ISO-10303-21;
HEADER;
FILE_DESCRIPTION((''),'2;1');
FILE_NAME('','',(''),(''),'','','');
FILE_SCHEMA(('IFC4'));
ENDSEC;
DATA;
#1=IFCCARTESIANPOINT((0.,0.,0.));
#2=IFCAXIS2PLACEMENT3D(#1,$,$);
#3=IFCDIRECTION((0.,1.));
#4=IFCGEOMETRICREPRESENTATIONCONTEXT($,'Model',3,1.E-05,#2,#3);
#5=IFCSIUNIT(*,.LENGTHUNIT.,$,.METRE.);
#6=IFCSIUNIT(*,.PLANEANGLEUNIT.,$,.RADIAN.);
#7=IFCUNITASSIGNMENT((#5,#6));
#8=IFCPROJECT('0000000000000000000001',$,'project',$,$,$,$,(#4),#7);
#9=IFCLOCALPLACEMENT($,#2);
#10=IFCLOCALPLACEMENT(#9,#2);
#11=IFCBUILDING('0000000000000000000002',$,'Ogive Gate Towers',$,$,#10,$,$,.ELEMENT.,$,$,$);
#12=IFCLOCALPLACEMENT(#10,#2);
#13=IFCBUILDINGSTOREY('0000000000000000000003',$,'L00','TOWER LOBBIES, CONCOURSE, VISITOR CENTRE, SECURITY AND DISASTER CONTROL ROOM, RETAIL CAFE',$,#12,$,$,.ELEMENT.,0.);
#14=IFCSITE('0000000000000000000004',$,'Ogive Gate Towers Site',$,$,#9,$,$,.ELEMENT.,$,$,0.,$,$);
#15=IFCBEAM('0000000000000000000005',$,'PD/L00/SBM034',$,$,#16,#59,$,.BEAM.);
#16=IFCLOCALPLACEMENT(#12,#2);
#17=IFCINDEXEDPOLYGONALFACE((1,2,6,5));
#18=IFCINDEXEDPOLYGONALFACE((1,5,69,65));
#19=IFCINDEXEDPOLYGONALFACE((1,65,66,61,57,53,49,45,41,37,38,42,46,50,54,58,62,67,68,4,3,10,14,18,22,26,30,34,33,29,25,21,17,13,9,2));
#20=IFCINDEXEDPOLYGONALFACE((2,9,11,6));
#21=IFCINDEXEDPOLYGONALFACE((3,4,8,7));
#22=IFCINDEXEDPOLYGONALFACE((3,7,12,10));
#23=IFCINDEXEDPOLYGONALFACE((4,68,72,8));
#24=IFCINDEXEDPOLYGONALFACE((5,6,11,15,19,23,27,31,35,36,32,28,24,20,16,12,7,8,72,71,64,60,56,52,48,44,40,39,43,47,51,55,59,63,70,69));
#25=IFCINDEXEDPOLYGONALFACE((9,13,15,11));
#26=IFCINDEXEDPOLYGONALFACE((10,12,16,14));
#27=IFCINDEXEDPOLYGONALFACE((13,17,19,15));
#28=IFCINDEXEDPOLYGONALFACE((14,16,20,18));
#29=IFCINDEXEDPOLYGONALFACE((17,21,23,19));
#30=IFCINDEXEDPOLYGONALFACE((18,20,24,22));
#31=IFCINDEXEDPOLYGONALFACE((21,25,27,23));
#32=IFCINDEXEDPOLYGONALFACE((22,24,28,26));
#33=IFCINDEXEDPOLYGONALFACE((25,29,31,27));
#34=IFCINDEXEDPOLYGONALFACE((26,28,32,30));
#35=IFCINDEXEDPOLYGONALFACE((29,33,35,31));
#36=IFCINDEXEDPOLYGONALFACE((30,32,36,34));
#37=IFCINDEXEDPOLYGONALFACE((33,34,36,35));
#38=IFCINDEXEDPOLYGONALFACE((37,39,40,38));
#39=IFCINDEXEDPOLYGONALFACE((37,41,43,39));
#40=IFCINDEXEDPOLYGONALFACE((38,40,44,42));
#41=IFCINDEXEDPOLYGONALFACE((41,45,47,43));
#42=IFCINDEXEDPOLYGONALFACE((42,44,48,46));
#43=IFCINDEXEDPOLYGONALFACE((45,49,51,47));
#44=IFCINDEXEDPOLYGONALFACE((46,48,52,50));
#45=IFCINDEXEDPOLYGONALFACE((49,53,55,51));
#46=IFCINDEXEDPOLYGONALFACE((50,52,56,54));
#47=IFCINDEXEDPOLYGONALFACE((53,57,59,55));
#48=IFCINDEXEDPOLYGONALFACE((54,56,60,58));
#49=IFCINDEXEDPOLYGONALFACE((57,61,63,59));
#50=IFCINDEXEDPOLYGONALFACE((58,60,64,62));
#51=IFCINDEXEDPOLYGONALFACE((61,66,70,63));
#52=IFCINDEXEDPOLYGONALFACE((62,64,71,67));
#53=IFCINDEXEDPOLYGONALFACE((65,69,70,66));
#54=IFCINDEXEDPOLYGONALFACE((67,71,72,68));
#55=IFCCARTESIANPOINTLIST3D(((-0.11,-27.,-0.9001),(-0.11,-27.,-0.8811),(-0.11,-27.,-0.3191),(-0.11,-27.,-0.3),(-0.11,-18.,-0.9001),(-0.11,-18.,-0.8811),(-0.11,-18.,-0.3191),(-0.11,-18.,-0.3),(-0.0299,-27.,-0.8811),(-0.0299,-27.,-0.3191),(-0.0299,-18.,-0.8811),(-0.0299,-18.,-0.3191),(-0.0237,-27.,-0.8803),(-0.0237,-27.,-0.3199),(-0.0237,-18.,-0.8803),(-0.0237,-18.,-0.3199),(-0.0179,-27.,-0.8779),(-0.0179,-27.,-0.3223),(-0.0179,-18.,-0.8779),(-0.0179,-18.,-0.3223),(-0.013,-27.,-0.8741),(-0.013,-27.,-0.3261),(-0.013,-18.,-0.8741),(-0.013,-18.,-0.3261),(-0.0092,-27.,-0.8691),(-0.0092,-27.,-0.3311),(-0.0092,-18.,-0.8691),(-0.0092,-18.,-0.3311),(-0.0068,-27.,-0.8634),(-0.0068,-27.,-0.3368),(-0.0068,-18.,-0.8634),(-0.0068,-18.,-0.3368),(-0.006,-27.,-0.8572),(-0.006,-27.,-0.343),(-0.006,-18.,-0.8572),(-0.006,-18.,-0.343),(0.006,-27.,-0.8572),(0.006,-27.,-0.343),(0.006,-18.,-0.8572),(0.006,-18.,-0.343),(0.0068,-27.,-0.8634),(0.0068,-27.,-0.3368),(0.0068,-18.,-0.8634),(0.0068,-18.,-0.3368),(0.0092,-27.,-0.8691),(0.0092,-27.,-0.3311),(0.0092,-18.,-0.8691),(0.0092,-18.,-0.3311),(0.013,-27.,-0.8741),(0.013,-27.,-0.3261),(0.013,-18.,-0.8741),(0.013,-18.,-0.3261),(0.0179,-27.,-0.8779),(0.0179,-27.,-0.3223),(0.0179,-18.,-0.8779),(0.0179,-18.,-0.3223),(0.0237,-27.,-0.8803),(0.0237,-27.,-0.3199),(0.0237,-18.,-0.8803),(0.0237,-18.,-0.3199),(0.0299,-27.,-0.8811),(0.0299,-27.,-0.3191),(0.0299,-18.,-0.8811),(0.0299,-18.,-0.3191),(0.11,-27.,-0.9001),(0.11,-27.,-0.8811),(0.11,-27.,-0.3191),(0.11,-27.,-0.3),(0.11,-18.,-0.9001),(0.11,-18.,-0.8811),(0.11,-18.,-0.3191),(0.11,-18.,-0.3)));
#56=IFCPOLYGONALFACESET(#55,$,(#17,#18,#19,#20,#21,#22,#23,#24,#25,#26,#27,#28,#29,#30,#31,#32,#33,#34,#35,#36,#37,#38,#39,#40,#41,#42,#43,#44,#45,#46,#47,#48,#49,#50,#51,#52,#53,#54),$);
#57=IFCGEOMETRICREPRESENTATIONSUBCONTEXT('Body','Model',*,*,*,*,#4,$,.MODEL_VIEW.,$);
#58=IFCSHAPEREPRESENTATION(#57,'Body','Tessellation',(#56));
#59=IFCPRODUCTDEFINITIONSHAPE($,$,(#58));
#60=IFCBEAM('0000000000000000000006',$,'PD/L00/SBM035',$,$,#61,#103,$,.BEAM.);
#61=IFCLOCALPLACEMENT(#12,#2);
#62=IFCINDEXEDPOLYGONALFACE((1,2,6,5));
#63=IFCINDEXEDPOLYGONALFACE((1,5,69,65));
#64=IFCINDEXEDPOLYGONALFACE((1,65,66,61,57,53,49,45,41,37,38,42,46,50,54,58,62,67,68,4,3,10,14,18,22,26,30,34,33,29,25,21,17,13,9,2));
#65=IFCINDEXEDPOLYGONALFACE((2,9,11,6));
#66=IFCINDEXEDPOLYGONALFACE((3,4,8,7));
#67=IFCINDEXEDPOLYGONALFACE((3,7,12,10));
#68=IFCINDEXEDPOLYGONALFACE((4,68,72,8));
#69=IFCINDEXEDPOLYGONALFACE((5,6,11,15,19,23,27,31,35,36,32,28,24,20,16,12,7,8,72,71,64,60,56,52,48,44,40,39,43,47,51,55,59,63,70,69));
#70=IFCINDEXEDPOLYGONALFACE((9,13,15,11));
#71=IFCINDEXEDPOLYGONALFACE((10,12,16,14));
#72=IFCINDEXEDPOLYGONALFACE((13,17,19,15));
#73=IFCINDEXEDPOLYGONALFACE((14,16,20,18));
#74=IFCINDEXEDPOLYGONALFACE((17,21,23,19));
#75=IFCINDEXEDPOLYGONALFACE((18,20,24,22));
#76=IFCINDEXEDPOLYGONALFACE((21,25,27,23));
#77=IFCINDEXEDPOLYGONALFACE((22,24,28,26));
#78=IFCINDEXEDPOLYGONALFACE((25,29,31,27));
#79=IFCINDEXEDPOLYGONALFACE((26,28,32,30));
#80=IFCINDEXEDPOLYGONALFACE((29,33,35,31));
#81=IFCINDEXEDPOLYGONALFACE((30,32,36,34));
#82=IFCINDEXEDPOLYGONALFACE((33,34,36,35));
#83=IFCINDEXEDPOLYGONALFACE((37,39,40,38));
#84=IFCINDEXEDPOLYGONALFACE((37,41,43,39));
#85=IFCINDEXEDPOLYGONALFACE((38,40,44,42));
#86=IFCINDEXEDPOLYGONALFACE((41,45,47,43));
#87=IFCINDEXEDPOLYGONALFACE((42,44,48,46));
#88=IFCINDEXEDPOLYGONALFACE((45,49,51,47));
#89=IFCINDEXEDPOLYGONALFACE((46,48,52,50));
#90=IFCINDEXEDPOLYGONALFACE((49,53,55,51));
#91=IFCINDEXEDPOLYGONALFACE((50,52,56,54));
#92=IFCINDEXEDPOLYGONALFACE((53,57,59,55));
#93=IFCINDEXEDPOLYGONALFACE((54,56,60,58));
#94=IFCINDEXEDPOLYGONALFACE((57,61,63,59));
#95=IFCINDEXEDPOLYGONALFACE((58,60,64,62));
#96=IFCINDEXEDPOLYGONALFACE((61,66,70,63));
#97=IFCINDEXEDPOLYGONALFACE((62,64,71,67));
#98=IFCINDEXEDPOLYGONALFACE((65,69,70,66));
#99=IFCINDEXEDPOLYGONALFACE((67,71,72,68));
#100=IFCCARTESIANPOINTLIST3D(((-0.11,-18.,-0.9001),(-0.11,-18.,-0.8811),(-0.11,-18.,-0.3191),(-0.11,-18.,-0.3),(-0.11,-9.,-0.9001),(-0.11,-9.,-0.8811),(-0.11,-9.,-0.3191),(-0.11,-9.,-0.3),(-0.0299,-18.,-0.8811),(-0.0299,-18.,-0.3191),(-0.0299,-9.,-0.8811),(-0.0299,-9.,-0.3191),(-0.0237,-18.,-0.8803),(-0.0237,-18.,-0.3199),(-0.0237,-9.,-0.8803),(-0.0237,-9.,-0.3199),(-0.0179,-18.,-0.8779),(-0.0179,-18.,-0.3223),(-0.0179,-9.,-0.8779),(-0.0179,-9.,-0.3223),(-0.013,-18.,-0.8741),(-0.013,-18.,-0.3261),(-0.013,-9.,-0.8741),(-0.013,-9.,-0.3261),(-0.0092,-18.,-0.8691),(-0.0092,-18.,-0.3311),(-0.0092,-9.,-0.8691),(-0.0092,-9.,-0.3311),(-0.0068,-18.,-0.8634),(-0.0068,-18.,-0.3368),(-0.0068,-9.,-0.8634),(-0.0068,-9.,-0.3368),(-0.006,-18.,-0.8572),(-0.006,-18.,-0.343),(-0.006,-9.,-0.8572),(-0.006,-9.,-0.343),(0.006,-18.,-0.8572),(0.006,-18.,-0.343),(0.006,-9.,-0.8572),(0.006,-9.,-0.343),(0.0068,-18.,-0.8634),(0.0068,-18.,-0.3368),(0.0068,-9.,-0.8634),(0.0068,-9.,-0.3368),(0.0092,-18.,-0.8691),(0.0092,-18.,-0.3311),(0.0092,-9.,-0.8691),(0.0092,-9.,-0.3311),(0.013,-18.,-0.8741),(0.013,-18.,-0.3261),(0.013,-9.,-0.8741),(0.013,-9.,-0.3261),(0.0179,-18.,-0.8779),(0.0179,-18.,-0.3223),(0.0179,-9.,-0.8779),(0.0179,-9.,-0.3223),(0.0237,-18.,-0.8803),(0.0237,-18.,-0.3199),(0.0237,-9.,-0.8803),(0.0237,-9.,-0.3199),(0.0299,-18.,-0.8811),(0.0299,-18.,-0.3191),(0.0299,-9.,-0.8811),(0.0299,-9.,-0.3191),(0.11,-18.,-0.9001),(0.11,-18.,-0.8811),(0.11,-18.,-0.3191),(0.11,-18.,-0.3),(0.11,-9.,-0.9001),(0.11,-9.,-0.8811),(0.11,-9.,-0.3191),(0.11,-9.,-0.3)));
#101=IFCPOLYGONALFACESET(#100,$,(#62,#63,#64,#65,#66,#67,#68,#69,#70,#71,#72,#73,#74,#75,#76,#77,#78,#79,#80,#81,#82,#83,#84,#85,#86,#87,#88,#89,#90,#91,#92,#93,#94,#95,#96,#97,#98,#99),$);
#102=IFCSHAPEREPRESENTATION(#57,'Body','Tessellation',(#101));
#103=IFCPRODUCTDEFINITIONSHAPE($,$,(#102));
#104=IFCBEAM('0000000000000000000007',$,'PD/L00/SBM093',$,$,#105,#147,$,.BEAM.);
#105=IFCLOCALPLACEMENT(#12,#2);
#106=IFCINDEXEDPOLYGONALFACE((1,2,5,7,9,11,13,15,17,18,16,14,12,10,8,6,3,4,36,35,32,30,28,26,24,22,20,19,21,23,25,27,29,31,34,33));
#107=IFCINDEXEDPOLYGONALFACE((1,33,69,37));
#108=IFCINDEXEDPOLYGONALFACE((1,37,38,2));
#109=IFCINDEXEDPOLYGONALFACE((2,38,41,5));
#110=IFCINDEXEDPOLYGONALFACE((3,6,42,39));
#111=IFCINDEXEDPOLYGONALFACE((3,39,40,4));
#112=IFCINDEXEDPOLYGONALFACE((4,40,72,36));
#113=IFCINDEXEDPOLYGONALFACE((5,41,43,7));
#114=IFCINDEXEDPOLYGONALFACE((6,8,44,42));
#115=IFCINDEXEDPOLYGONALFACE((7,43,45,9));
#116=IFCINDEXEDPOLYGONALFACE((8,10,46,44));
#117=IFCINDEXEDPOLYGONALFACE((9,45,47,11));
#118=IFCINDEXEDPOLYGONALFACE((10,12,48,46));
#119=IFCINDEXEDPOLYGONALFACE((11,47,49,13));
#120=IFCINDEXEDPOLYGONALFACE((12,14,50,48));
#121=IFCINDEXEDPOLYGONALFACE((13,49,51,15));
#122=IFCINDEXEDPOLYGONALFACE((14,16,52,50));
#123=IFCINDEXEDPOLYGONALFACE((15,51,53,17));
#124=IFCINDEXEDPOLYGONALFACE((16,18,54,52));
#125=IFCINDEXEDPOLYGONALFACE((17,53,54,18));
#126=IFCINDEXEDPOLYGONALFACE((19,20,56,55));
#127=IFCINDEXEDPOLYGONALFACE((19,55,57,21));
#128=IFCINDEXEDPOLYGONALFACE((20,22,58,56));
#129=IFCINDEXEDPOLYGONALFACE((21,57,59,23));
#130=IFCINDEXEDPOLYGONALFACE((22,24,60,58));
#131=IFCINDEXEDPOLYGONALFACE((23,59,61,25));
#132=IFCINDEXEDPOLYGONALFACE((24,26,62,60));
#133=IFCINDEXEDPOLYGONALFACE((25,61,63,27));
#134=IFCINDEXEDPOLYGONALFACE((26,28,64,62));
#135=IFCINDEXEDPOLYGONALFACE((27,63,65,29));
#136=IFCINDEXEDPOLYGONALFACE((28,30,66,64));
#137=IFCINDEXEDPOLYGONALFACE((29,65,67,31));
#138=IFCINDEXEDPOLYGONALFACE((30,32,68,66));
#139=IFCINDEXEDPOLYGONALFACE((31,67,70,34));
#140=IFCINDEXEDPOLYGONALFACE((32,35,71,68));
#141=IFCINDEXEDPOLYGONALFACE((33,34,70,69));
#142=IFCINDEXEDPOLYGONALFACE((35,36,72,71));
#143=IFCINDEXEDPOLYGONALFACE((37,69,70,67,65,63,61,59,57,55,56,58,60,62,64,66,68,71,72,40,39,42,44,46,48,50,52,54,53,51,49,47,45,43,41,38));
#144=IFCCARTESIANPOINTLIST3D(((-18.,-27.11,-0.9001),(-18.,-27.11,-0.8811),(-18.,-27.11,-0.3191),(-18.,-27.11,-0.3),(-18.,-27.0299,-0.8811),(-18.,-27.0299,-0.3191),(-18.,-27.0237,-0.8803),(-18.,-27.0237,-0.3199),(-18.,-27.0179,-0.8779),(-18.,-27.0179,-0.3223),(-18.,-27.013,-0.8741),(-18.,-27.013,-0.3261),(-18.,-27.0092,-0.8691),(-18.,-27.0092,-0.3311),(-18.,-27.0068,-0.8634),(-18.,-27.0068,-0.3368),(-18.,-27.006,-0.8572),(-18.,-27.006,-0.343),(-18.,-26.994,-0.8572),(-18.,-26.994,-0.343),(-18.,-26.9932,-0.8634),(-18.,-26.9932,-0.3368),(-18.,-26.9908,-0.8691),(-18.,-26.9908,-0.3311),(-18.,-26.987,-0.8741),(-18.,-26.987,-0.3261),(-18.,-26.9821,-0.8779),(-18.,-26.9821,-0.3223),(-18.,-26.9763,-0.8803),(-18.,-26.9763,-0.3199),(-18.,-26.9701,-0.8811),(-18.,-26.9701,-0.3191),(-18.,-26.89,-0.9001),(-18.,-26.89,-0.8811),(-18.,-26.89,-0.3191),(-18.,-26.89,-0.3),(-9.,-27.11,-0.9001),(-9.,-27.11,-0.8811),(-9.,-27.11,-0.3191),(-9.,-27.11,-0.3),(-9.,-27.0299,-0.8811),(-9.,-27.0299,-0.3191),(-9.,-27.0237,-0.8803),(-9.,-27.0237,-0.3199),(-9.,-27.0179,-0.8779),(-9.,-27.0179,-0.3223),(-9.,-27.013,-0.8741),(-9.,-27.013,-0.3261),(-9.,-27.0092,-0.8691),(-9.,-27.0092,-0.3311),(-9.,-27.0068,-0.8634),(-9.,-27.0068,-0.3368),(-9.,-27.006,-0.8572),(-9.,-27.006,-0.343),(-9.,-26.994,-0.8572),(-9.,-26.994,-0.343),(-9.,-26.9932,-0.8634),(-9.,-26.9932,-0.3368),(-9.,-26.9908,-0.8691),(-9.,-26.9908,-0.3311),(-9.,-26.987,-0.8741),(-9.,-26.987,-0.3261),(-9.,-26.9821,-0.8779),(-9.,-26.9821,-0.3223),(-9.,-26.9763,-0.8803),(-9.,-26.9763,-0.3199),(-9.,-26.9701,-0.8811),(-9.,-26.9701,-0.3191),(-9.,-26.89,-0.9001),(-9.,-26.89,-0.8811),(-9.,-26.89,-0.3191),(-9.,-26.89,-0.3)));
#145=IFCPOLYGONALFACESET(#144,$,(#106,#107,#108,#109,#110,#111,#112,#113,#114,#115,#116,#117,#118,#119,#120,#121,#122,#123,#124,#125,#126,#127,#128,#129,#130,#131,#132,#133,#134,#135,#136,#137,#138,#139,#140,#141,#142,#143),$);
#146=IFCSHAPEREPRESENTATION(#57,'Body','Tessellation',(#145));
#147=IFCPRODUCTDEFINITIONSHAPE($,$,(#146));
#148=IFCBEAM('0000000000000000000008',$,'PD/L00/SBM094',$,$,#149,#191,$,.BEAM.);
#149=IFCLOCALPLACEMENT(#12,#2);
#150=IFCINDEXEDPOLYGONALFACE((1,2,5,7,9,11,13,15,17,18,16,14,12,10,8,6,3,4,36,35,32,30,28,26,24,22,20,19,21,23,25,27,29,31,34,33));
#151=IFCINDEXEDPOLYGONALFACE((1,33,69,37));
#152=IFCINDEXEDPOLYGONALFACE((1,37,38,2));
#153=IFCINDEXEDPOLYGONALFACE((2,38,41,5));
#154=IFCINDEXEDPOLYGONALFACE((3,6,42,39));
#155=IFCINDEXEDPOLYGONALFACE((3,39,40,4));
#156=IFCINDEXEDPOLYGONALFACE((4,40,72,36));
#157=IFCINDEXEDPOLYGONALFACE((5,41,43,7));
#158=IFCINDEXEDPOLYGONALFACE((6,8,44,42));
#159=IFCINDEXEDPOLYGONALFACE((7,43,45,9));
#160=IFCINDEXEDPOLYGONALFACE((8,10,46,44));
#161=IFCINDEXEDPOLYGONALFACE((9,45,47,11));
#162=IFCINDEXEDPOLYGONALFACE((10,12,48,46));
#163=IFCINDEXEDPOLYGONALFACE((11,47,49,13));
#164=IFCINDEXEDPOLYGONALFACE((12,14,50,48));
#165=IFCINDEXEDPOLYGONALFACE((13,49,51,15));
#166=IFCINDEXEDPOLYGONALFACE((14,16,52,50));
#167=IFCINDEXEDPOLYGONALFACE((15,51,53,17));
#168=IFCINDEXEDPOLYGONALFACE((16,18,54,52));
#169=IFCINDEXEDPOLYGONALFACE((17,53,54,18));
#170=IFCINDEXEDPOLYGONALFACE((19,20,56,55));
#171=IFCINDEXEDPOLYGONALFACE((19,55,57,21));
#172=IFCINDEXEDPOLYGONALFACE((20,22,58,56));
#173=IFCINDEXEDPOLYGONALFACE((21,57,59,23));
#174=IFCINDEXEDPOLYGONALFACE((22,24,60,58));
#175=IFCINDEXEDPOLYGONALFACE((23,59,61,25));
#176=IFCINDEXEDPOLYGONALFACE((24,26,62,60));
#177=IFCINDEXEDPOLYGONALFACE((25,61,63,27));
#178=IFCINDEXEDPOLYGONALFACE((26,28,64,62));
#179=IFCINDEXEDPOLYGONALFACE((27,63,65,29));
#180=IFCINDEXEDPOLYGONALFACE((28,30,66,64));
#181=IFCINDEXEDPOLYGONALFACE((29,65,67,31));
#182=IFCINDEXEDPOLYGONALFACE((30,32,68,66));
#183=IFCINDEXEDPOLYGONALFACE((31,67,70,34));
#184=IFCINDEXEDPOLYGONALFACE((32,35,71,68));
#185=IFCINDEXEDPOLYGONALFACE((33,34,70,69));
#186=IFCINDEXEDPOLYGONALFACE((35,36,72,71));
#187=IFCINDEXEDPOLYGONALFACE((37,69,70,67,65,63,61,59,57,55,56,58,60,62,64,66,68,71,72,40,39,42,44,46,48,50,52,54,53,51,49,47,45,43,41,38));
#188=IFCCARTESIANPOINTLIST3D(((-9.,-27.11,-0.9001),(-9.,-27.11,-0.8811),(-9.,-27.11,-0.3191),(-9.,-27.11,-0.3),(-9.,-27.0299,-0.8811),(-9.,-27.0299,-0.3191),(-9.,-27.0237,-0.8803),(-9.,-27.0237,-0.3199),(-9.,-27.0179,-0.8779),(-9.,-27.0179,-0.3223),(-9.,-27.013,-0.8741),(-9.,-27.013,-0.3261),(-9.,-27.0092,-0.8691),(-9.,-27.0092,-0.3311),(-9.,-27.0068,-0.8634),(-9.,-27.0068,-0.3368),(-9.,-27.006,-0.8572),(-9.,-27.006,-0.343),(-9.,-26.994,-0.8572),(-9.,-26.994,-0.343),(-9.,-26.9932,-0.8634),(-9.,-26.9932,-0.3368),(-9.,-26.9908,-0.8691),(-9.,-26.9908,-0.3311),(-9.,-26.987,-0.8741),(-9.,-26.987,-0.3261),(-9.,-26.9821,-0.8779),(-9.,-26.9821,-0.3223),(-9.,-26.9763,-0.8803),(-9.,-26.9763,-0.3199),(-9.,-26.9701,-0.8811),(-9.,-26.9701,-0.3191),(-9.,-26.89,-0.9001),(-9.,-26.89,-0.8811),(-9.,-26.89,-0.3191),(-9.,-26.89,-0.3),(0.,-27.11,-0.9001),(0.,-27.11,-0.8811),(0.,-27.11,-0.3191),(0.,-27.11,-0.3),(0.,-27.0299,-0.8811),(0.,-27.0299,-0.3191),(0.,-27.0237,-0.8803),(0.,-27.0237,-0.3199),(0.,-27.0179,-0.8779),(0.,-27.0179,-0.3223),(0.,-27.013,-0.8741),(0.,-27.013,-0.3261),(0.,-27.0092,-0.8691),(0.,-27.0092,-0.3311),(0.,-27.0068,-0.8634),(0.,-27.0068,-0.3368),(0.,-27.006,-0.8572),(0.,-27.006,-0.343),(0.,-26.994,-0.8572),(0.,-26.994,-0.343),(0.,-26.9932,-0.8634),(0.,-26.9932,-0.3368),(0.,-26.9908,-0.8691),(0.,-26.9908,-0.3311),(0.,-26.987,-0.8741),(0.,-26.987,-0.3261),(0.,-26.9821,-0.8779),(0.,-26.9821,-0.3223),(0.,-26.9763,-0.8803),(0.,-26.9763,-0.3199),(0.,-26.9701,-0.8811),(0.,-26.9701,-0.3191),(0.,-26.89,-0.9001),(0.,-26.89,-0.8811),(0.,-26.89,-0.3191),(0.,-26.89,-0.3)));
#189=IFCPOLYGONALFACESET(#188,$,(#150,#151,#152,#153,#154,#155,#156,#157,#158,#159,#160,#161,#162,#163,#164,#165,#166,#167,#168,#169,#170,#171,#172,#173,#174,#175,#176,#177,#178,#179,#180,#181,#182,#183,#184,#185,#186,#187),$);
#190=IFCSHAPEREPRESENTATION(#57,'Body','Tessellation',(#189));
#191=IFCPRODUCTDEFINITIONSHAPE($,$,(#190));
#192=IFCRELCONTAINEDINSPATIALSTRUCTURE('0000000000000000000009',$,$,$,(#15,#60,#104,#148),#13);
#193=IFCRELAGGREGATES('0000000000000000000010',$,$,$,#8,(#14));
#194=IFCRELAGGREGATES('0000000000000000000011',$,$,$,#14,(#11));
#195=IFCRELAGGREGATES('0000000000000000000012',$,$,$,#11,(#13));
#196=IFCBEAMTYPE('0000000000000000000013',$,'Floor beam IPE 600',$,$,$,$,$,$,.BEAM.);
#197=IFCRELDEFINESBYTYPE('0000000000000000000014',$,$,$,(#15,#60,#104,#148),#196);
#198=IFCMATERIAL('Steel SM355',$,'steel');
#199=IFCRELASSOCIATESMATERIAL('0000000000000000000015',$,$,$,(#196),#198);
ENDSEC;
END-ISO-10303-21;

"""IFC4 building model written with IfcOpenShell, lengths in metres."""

from ifc_helpers import new_model, si_unit, direction, frame, origin, origin_2d, place, context, subcontext, project, spatial, i_section, extrude, material, material_profile, profile_set, type_object, element, save


model = new_model("IFC4")

# Units and contexts
model_context = context("Model", 3, precision=1e-05, world=origin(), true_north=direction((0.0, 1.0)))
body_context = subcontext(model_context, "Body", "Model", "MODEL_VIEW")
ifc_project = project(units=[si_unit("LENGTHUNIT", "METRE"), si_unit("PLANEANGLEUNIT", "RADIAN")], contexts=[model_context])

# Site, building, storey
site_placement = place(None, origin())
site = spatial("IfcSite", under=ifc_project, at=site_placement, Name="Ogive Gate Towers Site", CompositionType="ELEMENT", RefElevation=0.0)
building_placement = place(site_placement, origin())
building = spatial("IfcBuilding", under=site, at=building_placement, Name="Ogive Gate Towers", CompositionType="ELEMENT")
storey_placement = place(building_placement, origin())
storey = spatial("IfcBuildingStorey", under=building, at=storey_placement, Name="L00", Description="TOWER LOBBIES, CONCOURSE, VISITOR CENTRE, SECURITY AND DISASTER CONTROL ROOM, RETAIL CAFE", CompositionType="ELEMENT", Elevation=0.0)

# Beams
ifc_material_1 = material(Name="Steel SM355", Category="steel")
ifc_material_profile_1 = material_profile(ifc_material_1, i_section(OverallWidth=0.22, OverallDepth=0.6001, WebThickness=0.012, FlangeThickness=0.019, FilletRadius=0.0239, at=origin_2d()), Name="IPE 600")
ifc_profile_set_1 = profile_set([ifc_material_profile_1], Name="Steel SM355")
beam_type = type_object("IfcBeamType", Name="Floor beam IPE 600", PredefinedType="BEAM", material=ifc_profile_set_1)
for number, where, z_axis, x_axis, name in (
    (1, (0.0, -27.0, -0.6001), (0.0, 1.0, 0.0), (-1.0, 0.0, 0.0), "PD/L00/SBM034"),
    (2, (0.0, -18.0, -0.6001), (0.0, 1.0, 0.0), (-1.0, 0.0, 0.0), "PD/L00/SBM035"),
    (3, (-18.0, -27.0, -0.6001), (1.0, 0.0, 0.0), (0.0, 1.0, 0.0), "PD/L00/SBM093"),
    (4, (-9.0, -27.0, -0.6001), (1.0, 0.0, 0.0), (0.0, 1.0, 0.0), "PD/L00/SBM094"),
):
    element("IfcBeam", number, at=place(storey_placement, frame(where, z_axis=z_axis, x_axis=x_axis)), inside=storey, type_object=beam_type, Name=name, PredefinedType="BEAM", context=body_context, shape_type="SweptSolid", body=[
        extrude(i_section(OverallWidth=0.22, OverallDepth=0.6001, WebThickness=0.012, FlangeThickness=0.019, FilletRadius=0.0239, at=origin_2d()), origin(), (0.0, 0.0, 1.0), 9.0),
    ])

save(model, "model.ifc")
